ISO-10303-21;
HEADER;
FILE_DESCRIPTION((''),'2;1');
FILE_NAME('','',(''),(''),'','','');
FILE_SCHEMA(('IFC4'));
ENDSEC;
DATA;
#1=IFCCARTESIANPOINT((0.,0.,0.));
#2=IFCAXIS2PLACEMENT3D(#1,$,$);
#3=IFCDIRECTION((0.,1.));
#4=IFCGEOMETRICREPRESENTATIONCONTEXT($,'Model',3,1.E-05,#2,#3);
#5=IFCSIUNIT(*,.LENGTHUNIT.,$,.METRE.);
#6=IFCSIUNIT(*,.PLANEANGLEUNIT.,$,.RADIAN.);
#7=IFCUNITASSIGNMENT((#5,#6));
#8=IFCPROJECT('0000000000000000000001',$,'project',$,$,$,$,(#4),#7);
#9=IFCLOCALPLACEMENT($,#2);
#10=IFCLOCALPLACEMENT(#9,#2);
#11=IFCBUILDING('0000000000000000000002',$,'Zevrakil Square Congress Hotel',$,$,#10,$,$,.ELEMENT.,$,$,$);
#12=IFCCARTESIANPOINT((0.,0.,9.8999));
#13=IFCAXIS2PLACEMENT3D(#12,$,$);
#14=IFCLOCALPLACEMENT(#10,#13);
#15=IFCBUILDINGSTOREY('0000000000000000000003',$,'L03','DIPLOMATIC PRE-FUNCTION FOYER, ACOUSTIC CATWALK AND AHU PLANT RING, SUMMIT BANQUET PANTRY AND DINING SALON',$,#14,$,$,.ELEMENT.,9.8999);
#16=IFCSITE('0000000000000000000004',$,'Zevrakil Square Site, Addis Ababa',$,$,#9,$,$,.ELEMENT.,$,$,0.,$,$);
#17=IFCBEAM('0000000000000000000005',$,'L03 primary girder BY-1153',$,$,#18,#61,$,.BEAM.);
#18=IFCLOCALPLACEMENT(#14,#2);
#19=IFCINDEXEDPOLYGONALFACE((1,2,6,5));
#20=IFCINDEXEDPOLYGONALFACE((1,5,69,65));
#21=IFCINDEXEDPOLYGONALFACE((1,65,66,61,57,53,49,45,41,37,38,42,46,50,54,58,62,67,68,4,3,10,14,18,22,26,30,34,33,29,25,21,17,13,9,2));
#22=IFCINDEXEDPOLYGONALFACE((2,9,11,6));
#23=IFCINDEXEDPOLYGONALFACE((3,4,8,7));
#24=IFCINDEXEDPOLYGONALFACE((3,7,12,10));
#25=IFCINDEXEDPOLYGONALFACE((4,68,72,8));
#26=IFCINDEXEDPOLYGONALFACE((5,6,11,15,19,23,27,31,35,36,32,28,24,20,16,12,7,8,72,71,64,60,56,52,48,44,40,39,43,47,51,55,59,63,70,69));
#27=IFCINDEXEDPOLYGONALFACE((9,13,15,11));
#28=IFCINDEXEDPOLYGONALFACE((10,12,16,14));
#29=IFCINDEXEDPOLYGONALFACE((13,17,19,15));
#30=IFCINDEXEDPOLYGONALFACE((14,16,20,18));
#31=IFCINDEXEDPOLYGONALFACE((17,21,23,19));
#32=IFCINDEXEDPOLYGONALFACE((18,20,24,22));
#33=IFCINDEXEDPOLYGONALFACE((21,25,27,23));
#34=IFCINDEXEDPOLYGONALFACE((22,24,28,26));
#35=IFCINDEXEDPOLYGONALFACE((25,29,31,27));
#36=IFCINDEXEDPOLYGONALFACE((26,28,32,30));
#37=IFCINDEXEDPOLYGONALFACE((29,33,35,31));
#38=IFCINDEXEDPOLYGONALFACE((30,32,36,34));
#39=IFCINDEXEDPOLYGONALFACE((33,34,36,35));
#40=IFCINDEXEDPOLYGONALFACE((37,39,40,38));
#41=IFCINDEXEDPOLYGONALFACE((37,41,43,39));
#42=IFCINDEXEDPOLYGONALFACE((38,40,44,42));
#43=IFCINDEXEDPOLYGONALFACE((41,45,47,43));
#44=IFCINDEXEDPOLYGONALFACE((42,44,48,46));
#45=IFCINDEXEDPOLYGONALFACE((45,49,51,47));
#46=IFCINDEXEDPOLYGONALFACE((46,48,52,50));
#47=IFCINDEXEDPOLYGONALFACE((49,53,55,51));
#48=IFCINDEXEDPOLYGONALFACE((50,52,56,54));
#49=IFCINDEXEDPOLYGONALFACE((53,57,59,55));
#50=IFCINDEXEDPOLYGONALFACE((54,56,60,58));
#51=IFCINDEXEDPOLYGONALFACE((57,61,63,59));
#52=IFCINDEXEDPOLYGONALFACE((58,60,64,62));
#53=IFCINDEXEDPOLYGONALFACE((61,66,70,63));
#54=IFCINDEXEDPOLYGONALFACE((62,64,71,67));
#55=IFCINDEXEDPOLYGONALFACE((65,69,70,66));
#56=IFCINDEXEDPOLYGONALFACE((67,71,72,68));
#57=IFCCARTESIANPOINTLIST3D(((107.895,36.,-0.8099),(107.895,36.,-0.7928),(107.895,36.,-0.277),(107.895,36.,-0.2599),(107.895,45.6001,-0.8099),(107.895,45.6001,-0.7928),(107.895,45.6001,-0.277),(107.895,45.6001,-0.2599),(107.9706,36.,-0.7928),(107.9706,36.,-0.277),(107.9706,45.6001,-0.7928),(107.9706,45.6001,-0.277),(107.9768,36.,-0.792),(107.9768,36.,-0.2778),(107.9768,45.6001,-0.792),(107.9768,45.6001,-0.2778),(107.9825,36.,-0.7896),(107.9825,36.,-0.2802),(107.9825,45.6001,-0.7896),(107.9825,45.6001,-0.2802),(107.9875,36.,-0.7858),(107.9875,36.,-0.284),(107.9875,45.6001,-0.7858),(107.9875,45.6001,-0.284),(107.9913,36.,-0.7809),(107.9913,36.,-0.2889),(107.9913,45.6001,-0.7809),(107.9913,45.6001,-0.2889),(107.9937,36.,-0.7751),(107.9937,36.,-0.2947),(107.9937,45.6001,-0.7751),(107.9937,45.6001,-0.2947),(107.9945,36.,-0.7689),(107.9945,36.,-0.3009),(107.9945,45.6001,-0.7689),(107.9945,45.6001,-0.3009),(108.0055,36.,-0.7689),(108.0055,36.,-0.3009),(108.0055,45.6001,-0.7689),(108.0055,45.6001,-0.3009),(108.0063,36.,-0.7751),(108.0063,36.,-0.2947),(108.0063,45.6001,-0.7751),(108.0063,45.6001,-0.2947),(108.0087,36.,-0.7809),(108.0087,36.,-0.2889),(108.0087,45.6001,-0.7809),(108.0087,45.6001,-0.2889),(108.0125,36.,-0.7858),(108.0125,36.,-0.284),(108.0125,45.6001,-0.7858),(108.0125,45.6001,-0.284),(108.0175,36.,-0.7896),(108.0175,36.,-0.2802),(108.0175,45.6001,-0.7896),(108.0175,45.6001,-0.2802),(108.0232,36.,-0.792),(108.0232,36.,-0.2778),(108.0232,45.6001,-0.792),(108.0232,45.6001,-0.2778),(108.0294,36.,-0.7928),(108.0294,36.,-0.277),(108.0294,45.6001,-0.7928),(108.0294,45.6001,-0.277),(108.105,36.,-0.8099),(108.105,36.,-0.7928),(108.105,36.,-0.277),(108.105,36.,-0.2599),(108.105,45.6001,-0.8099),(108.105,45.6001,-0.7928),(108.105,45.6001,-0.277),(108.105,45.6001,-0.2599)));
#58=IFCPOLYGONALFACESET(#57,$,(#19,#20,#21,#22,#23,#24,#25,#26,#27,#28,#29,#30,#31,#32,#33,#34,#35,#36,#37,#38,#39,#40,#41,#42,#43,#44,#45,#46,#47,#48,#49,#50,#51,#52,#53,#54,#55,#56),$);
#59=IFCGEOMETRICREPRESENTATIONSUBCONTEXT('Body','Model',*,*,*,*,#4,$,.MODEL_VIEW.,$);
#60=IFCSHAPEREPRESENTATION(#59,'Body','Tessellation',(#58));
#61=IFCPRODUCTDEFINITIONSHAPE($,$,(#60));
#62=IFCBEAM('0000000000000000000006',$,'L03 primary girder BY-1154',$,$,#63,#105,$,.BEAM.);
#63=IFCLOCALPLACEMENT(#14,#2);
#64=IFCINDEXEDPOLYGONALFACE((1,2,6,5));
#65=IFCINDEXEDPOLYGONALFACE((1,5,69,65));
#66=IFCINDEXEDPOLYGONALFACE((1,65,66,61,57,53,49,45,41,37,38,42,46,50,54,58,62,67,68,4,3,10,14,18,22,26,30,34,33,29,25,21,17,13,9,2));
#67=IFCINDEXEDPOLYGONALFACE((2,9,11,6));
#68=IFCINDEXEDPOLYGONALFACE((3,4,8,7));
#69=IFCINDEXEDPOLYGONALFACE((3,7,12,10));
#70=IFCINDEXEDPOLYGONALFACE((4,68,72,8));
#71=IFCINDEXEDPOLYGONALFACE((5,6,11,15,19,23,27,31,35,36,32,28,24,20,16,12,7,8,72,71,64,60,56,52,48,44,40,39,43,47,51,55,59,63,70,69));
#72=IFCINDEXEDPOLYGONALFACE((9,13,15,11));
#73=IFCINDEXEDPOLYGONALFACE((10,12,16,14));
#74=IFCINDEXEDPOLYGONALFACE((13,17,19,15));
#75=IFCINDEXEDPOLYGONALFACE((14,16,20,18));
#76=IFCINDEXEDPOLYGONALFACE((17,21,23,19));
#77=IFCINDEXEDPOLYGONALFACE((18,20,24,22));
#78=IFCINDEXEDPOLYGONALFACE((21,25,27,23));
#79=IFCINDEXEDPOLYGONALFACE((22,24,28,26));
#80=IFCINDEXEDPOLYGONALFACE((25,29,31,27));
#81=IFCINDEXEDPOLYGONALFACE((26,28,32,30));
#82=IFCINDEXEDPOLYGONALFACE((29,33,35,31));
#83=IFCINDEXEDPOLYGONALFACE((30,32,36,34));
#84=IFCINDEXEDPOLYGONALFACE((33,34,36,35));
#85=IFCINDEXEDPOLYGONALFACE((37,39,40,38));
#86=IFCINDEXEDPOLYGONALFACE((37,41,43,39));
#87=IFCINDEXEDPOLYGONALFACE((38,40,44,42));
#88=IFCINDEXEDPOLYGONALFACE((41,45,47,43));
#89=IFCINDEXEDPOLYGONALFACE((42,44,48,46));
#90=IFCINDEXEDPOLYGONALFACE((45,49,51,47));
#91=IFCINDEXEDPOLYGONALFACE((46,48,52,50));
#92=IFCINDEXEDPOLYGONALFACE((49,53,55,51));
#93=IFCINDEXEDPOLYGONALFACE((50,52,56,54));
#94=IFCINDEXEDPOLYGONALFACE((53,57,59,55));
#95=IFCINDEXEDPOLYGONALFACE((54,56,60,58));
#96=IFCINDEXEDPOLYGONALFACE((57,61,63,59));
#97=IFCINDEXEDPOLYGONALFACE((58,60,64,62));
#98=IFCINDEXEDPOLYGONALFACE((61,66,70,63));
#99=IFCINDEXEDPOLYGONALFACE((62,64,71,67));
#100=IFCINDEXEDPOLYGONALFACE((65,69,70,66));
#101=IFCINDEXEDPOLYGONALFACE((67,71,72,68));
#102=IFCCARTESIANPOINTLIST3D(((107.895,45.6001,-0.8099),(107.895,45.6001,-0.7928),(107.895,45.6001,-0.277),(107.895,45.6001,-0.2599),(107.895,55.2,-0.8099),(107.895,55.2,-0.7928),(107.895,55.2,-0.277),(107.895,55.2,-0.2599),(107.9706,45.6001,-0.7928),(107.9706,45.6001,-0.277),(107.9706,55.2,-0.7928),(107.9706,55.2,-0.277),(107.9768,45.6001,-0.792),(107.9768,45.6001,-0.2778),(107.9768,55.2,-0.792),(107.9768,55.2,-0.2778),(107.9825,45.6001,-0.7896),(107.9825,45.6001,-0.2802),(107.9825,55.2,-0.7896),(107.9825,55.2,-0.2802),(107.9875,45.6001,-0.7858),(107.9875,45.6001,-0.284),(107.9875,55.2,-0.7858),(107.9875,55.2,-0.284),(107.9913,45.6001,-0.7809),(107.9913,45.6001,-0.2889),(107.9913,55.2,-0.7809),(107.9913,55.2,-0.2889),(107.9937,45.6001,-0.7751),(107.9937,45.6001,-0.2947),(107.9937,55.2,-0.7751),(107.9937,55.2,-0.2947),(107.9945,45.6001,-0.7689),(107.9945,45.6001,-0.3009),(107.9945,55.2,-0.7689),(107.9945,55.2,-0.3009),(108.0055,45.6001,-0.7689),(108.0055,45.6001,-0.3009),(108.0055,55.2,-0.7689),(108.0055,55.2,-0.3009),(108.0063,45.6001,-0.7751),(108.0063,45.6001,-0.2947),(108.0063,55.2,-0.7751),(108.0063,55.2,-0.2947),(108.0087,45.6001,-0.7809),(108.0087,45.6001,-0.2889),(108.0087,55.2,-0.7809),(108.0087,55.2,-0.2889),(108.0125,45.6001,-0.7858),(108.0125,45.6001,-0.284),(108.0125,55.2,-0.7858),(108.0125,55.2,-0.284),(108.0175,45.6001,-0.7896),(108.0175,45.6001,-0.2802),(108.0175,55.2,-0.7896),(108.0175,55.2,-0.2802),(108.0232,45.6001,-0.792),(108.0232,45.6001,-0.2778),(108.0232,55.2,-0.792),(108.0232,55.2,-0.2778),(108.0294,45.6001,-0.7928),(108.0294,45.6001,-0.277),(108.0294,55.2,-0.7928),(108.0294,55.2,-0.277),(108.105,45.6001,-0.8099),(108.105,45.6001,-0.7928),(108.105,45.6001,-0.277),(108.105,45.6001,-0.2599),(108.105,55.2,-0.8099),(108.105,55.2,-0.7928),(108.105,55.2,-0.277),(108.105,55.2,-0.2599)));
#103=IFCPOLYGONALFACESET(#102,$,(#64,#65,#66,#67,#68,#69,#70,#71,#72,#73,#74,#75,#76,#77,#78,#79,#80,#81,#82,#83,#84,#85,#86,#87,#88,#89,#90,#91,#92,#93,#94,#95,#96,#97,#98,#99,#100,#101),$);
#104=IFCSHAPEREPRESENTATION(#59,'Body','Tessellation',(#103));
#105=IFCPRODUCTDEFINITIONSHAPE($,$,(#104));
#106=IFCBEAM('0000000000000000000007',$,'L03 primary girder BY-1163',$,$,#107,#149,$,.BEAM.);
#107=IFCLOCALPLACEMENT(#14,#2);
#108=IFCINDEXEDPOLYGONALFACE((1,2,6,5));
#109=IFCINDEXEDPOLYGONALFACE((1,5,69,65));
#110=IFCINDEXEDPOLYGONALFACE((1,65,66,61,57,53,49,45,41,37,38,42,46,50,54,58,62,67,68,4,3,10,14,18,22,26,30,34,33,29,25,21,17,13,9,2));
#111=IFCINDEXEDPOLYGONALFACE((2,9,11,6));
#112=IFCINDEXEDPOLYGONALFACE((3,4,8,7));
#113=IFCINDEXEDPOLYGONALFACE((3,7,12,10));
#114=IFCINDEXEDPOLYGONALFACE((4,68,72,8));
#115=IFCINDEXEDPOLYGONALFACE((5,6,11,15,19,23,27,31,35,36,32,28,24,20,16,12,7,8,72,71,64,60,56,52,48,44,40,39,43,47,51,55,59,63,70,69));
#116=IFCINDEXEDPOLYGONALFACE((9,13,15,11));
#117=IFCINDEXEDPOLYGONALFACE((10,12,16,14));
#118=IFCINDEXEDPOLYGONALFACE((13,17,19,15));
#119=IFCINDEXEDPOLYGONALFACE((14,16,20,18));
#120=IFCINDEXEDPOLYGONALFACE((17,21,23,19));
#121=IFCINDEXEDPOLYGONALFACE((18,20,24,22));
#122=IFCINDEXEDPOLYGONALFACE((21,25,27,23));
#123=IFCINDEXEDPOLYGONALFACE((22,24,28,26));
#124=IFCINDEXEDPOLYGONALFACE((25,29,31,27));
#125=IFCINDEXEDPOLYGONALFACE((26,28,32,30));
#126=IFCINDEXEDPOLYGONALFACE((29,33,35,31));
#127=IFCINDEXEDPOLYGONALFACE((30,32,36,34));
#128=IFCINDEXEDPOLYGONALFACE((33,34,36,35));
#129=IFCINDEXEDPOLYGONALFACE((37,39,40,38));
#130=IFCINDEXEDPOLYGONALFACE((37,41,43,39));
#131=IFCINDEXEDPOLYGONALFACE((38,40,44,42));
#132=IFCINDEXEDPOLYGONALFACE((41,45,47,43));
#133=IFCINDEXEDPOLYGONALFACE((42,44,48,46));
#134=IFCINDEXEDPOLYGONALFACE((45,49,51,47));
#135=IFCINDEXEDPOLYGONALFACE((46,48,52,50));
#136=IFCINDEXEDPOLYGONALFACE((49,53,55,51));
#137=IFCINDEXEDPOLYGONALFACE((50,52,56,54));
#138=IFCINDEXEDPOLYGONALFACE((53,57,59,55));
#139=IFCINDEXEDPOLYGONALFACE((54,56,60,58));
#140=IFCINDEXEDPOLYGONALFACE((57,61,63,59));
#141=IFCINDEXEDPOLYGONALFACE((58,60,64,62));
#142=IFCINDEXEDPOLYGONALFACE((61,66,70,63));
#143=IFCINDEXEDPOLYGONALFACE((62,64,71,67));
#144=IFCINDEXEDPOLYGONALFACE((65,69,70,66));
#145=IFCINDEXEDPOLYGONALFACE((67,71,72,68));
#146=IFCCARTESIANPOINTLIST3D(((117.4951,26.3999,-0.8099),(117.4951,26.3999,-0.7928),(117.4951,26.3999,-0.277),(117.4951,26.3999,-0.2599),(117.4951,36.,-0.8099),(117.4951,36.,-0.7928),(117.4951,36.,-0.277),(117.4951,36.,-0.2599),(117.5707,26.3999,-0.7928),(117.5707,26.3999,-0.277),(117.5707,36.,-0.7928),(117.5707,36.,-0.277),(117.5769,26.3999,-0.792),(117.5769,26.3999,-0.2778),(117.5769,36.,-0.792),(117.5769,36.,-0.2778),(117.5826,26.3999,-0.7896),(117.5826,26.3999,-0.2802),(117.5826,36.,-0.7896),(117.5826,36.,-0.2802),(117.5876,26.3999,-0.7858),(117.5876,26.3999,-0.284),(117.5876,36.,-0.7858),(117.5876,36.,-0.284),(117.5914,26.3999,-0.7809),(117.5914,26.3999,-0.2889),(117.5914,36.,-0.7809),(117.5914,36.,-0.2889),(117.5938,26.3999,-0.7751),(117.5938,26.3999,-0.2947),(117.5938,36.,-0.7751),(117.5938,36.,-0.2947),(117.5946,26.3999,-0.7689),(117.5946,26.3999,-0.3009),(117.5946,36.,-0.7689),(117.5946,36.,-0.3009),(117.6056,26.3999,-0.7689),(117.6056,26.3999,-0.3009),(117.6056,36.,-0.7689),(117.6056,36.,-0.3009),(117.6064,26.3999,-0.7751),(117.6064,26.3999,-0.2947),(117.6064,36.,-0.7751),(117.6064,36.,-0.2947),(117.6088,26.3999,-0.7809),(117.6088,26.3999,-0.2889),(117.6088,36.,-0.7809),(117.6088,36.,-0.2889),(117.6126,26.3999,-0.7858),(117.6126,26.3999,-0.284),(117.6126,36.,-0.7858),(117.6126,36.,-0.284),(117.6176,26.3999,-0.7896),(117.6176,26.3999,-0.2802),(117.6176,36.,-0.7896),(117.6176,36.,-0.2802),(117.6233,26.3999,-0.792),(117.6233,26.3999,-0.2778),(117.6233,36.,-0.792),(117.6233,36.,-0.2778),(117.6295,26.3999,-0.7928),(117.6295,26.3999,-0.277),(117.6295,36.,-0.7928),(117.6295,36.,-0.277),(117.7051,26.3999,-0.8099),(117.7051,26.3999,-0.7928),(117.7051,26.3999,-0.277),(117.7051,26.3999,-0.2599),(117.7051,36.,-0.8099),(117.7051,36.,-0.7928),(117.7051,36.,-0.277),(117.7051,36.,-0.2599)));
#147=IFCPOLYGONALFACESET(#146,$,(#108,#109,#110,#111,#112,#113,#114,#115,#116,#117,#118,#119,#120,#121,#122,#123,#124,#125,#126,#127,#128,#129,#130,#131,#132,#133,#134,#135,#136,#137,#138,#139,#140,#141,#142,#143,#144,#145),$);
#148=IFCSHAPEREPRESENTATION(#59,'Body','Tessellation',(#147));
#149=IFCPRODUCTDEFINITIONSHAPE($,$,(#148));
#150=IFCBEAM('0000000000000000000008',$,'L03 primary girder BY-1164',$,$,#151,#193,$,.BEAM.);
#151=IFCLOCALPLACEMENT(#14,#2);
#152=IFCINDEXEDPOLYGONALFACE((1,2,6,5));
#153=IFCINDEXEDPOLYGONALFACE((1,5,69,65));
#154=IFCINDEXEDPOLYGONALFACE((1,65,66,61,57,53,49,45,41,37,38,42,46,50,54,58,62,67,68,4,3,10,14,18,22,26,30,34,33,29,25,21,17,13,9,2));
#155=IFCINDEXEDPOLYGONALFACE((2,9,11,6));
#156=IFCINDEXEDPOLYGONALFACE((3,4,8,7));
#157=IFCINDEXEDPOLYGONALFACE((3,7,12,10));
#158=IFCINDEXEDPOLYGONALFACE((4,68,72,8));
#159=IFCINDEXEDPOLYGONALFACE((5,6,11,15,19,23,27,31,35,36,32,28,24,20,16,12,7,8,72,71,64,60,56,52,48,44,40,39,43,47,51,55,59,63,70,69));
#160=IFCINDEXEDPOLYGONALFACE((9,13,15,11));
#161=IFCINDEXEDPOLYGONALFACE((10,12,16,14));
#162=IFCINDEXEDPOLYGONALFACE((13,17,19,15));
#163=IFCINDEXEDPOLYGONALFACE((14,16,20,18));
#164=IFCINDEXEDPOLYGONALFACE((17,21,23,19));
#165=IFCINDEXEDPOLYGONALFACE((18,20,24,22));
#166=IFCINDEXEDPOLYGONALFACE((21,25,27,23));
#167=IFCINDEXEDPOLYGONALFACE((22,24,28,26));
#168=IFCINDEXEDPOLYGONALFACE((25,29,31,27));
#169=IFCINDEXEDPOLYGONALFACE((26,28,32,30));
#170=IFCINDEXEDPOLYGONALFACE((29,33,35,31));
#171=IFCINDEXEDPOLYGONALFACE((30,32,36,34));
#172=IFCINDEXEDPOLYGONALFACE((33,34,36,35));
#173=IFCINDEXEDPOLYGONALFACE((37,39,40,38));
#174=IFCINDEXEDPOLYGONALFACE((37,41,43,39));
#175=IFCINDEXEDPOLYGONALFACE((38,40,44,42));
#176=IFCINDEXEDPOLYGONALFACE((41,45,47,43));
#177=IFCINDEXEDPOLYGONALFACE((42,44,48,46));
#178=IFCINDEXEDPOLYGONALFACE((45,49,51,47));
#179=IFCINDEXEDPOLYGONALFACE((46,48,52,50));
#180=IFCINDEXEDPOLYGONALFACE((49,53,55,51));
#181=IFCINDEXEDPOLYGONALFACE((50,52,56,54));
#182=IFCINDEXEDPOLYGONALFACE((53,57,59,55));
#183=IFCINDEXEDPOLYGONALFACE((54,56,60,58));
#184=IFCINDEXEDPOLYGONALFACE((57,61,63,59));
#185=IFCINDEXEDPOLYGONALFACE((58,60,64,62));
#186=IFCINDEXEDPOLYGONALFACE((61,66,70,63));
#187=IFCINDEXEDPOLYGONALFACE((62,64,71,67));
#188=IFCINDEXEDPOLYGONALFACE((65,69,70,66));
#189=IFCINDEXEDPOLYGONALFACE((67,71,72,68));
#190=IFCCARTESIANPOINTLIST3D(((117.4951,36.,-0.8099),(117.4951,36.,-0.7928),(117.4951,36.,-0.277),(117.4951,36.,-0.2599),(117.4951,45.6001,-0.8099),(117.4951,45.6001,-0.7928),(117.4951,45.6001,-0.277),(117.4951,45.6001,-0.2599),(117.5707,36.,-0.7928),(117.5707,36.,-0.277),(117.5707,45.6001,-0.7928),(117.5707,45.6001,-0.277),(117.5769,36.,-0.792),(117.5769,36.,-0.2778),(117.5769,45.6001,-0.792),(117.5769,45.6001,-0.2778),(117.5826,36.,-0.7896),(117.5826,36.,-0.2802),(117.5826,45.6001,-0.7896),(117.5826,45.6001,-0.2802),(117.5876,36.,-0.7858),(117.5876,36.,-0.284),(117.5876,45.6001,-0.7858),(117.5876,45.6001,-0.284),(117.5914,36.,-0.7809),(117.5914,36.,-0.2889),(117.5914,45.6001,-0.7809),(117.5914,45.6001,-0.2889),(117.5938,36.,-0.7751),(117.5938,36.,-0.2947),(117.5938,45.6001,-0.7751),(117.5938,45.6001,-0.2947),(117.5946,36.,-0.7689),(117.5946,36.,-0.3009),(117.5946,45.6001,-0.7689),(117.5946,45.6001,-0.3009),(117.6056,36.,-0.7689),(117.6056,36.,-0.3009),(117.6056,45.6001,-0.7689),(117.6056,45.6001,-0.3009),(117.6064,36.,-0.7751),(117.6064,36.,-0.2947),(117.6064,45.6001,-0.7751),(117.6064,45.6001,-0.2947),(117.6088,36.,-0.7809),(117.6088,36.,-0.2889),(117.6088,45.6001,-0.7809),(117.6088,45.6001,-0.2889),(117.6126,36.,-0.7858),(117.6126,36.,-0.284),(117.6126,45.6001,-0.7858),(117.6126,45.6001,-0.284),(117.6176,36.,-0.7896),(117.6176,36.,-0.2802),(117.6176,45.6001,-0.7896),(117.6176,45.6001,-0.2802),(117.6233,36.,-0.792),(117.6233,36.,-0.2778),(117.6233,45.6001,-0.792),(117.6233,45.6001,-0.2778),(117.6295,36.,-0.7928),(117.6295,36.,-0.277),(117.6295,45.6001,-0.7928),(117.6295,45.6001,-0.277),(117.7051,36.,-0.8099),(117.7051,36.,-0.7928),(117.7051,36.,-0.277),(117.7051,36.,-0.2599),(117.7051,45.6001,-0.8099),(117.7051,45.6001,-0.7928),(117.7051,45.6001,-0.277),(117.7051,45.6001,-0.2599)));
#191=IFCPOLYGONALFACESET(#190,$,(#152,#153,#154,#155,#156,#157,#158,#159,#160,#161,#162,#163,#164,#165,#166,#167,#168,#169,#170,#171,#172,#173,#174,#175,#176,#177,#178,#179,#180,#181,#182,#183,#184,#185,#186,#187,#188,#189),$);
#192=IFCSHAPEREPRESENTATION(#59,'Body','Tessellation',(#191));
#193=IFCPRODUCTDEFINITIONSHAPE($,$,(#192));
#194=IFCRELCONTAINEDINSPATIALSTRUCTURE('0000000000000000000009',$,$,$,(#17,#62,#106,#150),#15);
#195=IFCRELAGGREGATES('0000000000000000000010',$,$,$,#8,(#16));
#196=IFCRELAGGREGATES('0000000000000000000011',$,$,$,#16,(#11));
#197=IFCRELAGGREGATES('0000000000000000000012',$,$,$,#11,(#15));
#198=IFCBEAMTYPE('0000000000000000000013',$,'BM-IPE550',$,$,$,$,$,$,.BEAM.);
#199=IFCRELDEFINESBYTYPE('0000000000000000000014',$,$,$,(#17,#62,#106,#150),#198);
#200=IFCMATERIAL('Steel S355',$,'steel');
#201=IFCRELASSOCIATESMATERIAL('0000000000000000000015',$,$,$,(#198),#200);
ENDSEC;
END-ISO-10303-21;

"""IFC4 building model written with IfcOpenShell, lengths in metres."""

from ifc_helpers import new_model, si_unit, direction, frame, origin, origin_2d, place, context, subcontext, project, spatial, i_section, extrude, material, material_profile, profile_set, type_object, element, save


model = new_model("IFC4")

# Units and contexts
model_context = context("Model", 3, precision=1e-05, world=origin(), true_north=direction((0.0, 1.0)))
body_context = subcontext(model_context, "Body", "Model", "MODEL_VIEW")
ifc_project = project(units=[si_unit("LENGTHUNIT", "METRE"), si_unit("PLANEANGLEUNIT", "RADIAN")], contexts=[model_context])

# Site, building, storey
site_placement = place(None, origin())
site = spatial("IfcSite", under=ifc_project, at=site_placement, Name="Zevrakil Square Site, Addis Ababa", CompositionType="ELEMENT", RefElevation=0.0)
building_placement = place(site_placement, origin())
building = spatial("IfcBuilding", under=site, at=building_placement, Name="Zevrakil Square Congress Hotel", CompositionType="ELEMENT")
storey_placement = place(building_placement, frame((0.0, 0.0, 9.8999)))
storey = spatial("IfcBuildingStorey", under=building, at=storey_placement, Name="L03", Description="DIPLOMATIC PRE-FUNCTION FOYER, ACOUSTIC CATWALK AND AHU PLANT RING, SUMMIT BANQUET PANTRY AND DINING SALON", CompositionType="ELEMENT", Elevation=9.8999)

# Beams
ifc_material_1 = material(Name="Steel S355", Category="steel")
ifc_material_profile_1 = material_profile(ifc_material_1, i_section(OverallWidth=0.21, OverallDepth=0.55, WebThickness=0.011, FlangeThickness=0.0171, FilletRadius=0.0239, at=origin_2d()), Name="IPE 550")
ifc_profile_set_1 = profile_set([ifc_material_profile_1], Name="Steel S355")
beam_type_1 = type_object("IfcBeamType", Name="BM-IPE550", PredefinedType="BEAM", material=ifc_profile_set_1)
for number, where, z_axis, x_axis, name in (
    (1, (108.0, 36.0, -0.5349), (0.0, 1.0, 0.0), (-1.0, 0.0, 0.0), "L03 primary girder BY-1153"),
):
    element("IfcBeam", number, at=place(storey_placement, frame(where, z_axis=z_axis, x_axis=x_axis)), inside=storey, type_object=beam_type_1, Name=name, PredefinedType="BEAM", context=body_context, shape_type="SweptSolid", body=[
        extrude(i_section(OverallWidth=0.21, OverallDepth=0.55, WebThickness=0.011, FlangeThickness=0.0171, FilletRadius=0.0239, at=origin_2d()), origin(), (0.0, 0.0, 1.0), 9.6001),
    ])
beam_1_placement = place(storey_placement, frame((108.0, 45.6001, -0.5349), z_axis=(0.0, 1.0, 0.0), x_axis=(-1.0, 0.0, 0.0)))
element("IfcBeam", 2, at=beam_1_placement, inside=storey, type_object=beam_type_1, Name="L03 primary girder BY-1154", PredefinedType="BEAM", context=body_context, shape_type="SweptSolid", body=[
    extrude(i_section(OverallWidth=0.21, OverallDepth=0.55, WebThickness=0.011, FlangeThickness=0.0171, FilletRadius=0.0239, at=origin_2d()), origin(), (0.0, 0.0, 1.0), 9.5999),
])
for number, where, z_axis, x_axis, name in (
    (3, (117.6001, 26.3999, -0.5349), (0.0, 1.0, 0.0), (-1.0, 0.0, 0.0), "L03 primary girder BY-1163"),
    (4, (117.6001, 36.0, -0.5349), (0.0, 1.0, 0.0), (-1.0, 0.0, 0.0), "L03 primary girder BY-1164"),
):
    element("IfcBeam", number, at=place(storey_placement, frame(where, z_axis=z_axis, x_axis=x_axis)), inside=storey, type_object=beam_type_1, Name=name, PredefinedType="BEAM", context=body_context, shape_type="SweptSolid", body=[
        extrude(i_section(OverallWidth=0.21, OverallDepth=0.55, WebThickness=0.011, FlangeThickness=0.0171, FilletRadius=0.0239, at=origin_2d()), origin(), (0.0, 0.0, 1.0), 9.6001),
    ])

save(model, "model.ifc")
